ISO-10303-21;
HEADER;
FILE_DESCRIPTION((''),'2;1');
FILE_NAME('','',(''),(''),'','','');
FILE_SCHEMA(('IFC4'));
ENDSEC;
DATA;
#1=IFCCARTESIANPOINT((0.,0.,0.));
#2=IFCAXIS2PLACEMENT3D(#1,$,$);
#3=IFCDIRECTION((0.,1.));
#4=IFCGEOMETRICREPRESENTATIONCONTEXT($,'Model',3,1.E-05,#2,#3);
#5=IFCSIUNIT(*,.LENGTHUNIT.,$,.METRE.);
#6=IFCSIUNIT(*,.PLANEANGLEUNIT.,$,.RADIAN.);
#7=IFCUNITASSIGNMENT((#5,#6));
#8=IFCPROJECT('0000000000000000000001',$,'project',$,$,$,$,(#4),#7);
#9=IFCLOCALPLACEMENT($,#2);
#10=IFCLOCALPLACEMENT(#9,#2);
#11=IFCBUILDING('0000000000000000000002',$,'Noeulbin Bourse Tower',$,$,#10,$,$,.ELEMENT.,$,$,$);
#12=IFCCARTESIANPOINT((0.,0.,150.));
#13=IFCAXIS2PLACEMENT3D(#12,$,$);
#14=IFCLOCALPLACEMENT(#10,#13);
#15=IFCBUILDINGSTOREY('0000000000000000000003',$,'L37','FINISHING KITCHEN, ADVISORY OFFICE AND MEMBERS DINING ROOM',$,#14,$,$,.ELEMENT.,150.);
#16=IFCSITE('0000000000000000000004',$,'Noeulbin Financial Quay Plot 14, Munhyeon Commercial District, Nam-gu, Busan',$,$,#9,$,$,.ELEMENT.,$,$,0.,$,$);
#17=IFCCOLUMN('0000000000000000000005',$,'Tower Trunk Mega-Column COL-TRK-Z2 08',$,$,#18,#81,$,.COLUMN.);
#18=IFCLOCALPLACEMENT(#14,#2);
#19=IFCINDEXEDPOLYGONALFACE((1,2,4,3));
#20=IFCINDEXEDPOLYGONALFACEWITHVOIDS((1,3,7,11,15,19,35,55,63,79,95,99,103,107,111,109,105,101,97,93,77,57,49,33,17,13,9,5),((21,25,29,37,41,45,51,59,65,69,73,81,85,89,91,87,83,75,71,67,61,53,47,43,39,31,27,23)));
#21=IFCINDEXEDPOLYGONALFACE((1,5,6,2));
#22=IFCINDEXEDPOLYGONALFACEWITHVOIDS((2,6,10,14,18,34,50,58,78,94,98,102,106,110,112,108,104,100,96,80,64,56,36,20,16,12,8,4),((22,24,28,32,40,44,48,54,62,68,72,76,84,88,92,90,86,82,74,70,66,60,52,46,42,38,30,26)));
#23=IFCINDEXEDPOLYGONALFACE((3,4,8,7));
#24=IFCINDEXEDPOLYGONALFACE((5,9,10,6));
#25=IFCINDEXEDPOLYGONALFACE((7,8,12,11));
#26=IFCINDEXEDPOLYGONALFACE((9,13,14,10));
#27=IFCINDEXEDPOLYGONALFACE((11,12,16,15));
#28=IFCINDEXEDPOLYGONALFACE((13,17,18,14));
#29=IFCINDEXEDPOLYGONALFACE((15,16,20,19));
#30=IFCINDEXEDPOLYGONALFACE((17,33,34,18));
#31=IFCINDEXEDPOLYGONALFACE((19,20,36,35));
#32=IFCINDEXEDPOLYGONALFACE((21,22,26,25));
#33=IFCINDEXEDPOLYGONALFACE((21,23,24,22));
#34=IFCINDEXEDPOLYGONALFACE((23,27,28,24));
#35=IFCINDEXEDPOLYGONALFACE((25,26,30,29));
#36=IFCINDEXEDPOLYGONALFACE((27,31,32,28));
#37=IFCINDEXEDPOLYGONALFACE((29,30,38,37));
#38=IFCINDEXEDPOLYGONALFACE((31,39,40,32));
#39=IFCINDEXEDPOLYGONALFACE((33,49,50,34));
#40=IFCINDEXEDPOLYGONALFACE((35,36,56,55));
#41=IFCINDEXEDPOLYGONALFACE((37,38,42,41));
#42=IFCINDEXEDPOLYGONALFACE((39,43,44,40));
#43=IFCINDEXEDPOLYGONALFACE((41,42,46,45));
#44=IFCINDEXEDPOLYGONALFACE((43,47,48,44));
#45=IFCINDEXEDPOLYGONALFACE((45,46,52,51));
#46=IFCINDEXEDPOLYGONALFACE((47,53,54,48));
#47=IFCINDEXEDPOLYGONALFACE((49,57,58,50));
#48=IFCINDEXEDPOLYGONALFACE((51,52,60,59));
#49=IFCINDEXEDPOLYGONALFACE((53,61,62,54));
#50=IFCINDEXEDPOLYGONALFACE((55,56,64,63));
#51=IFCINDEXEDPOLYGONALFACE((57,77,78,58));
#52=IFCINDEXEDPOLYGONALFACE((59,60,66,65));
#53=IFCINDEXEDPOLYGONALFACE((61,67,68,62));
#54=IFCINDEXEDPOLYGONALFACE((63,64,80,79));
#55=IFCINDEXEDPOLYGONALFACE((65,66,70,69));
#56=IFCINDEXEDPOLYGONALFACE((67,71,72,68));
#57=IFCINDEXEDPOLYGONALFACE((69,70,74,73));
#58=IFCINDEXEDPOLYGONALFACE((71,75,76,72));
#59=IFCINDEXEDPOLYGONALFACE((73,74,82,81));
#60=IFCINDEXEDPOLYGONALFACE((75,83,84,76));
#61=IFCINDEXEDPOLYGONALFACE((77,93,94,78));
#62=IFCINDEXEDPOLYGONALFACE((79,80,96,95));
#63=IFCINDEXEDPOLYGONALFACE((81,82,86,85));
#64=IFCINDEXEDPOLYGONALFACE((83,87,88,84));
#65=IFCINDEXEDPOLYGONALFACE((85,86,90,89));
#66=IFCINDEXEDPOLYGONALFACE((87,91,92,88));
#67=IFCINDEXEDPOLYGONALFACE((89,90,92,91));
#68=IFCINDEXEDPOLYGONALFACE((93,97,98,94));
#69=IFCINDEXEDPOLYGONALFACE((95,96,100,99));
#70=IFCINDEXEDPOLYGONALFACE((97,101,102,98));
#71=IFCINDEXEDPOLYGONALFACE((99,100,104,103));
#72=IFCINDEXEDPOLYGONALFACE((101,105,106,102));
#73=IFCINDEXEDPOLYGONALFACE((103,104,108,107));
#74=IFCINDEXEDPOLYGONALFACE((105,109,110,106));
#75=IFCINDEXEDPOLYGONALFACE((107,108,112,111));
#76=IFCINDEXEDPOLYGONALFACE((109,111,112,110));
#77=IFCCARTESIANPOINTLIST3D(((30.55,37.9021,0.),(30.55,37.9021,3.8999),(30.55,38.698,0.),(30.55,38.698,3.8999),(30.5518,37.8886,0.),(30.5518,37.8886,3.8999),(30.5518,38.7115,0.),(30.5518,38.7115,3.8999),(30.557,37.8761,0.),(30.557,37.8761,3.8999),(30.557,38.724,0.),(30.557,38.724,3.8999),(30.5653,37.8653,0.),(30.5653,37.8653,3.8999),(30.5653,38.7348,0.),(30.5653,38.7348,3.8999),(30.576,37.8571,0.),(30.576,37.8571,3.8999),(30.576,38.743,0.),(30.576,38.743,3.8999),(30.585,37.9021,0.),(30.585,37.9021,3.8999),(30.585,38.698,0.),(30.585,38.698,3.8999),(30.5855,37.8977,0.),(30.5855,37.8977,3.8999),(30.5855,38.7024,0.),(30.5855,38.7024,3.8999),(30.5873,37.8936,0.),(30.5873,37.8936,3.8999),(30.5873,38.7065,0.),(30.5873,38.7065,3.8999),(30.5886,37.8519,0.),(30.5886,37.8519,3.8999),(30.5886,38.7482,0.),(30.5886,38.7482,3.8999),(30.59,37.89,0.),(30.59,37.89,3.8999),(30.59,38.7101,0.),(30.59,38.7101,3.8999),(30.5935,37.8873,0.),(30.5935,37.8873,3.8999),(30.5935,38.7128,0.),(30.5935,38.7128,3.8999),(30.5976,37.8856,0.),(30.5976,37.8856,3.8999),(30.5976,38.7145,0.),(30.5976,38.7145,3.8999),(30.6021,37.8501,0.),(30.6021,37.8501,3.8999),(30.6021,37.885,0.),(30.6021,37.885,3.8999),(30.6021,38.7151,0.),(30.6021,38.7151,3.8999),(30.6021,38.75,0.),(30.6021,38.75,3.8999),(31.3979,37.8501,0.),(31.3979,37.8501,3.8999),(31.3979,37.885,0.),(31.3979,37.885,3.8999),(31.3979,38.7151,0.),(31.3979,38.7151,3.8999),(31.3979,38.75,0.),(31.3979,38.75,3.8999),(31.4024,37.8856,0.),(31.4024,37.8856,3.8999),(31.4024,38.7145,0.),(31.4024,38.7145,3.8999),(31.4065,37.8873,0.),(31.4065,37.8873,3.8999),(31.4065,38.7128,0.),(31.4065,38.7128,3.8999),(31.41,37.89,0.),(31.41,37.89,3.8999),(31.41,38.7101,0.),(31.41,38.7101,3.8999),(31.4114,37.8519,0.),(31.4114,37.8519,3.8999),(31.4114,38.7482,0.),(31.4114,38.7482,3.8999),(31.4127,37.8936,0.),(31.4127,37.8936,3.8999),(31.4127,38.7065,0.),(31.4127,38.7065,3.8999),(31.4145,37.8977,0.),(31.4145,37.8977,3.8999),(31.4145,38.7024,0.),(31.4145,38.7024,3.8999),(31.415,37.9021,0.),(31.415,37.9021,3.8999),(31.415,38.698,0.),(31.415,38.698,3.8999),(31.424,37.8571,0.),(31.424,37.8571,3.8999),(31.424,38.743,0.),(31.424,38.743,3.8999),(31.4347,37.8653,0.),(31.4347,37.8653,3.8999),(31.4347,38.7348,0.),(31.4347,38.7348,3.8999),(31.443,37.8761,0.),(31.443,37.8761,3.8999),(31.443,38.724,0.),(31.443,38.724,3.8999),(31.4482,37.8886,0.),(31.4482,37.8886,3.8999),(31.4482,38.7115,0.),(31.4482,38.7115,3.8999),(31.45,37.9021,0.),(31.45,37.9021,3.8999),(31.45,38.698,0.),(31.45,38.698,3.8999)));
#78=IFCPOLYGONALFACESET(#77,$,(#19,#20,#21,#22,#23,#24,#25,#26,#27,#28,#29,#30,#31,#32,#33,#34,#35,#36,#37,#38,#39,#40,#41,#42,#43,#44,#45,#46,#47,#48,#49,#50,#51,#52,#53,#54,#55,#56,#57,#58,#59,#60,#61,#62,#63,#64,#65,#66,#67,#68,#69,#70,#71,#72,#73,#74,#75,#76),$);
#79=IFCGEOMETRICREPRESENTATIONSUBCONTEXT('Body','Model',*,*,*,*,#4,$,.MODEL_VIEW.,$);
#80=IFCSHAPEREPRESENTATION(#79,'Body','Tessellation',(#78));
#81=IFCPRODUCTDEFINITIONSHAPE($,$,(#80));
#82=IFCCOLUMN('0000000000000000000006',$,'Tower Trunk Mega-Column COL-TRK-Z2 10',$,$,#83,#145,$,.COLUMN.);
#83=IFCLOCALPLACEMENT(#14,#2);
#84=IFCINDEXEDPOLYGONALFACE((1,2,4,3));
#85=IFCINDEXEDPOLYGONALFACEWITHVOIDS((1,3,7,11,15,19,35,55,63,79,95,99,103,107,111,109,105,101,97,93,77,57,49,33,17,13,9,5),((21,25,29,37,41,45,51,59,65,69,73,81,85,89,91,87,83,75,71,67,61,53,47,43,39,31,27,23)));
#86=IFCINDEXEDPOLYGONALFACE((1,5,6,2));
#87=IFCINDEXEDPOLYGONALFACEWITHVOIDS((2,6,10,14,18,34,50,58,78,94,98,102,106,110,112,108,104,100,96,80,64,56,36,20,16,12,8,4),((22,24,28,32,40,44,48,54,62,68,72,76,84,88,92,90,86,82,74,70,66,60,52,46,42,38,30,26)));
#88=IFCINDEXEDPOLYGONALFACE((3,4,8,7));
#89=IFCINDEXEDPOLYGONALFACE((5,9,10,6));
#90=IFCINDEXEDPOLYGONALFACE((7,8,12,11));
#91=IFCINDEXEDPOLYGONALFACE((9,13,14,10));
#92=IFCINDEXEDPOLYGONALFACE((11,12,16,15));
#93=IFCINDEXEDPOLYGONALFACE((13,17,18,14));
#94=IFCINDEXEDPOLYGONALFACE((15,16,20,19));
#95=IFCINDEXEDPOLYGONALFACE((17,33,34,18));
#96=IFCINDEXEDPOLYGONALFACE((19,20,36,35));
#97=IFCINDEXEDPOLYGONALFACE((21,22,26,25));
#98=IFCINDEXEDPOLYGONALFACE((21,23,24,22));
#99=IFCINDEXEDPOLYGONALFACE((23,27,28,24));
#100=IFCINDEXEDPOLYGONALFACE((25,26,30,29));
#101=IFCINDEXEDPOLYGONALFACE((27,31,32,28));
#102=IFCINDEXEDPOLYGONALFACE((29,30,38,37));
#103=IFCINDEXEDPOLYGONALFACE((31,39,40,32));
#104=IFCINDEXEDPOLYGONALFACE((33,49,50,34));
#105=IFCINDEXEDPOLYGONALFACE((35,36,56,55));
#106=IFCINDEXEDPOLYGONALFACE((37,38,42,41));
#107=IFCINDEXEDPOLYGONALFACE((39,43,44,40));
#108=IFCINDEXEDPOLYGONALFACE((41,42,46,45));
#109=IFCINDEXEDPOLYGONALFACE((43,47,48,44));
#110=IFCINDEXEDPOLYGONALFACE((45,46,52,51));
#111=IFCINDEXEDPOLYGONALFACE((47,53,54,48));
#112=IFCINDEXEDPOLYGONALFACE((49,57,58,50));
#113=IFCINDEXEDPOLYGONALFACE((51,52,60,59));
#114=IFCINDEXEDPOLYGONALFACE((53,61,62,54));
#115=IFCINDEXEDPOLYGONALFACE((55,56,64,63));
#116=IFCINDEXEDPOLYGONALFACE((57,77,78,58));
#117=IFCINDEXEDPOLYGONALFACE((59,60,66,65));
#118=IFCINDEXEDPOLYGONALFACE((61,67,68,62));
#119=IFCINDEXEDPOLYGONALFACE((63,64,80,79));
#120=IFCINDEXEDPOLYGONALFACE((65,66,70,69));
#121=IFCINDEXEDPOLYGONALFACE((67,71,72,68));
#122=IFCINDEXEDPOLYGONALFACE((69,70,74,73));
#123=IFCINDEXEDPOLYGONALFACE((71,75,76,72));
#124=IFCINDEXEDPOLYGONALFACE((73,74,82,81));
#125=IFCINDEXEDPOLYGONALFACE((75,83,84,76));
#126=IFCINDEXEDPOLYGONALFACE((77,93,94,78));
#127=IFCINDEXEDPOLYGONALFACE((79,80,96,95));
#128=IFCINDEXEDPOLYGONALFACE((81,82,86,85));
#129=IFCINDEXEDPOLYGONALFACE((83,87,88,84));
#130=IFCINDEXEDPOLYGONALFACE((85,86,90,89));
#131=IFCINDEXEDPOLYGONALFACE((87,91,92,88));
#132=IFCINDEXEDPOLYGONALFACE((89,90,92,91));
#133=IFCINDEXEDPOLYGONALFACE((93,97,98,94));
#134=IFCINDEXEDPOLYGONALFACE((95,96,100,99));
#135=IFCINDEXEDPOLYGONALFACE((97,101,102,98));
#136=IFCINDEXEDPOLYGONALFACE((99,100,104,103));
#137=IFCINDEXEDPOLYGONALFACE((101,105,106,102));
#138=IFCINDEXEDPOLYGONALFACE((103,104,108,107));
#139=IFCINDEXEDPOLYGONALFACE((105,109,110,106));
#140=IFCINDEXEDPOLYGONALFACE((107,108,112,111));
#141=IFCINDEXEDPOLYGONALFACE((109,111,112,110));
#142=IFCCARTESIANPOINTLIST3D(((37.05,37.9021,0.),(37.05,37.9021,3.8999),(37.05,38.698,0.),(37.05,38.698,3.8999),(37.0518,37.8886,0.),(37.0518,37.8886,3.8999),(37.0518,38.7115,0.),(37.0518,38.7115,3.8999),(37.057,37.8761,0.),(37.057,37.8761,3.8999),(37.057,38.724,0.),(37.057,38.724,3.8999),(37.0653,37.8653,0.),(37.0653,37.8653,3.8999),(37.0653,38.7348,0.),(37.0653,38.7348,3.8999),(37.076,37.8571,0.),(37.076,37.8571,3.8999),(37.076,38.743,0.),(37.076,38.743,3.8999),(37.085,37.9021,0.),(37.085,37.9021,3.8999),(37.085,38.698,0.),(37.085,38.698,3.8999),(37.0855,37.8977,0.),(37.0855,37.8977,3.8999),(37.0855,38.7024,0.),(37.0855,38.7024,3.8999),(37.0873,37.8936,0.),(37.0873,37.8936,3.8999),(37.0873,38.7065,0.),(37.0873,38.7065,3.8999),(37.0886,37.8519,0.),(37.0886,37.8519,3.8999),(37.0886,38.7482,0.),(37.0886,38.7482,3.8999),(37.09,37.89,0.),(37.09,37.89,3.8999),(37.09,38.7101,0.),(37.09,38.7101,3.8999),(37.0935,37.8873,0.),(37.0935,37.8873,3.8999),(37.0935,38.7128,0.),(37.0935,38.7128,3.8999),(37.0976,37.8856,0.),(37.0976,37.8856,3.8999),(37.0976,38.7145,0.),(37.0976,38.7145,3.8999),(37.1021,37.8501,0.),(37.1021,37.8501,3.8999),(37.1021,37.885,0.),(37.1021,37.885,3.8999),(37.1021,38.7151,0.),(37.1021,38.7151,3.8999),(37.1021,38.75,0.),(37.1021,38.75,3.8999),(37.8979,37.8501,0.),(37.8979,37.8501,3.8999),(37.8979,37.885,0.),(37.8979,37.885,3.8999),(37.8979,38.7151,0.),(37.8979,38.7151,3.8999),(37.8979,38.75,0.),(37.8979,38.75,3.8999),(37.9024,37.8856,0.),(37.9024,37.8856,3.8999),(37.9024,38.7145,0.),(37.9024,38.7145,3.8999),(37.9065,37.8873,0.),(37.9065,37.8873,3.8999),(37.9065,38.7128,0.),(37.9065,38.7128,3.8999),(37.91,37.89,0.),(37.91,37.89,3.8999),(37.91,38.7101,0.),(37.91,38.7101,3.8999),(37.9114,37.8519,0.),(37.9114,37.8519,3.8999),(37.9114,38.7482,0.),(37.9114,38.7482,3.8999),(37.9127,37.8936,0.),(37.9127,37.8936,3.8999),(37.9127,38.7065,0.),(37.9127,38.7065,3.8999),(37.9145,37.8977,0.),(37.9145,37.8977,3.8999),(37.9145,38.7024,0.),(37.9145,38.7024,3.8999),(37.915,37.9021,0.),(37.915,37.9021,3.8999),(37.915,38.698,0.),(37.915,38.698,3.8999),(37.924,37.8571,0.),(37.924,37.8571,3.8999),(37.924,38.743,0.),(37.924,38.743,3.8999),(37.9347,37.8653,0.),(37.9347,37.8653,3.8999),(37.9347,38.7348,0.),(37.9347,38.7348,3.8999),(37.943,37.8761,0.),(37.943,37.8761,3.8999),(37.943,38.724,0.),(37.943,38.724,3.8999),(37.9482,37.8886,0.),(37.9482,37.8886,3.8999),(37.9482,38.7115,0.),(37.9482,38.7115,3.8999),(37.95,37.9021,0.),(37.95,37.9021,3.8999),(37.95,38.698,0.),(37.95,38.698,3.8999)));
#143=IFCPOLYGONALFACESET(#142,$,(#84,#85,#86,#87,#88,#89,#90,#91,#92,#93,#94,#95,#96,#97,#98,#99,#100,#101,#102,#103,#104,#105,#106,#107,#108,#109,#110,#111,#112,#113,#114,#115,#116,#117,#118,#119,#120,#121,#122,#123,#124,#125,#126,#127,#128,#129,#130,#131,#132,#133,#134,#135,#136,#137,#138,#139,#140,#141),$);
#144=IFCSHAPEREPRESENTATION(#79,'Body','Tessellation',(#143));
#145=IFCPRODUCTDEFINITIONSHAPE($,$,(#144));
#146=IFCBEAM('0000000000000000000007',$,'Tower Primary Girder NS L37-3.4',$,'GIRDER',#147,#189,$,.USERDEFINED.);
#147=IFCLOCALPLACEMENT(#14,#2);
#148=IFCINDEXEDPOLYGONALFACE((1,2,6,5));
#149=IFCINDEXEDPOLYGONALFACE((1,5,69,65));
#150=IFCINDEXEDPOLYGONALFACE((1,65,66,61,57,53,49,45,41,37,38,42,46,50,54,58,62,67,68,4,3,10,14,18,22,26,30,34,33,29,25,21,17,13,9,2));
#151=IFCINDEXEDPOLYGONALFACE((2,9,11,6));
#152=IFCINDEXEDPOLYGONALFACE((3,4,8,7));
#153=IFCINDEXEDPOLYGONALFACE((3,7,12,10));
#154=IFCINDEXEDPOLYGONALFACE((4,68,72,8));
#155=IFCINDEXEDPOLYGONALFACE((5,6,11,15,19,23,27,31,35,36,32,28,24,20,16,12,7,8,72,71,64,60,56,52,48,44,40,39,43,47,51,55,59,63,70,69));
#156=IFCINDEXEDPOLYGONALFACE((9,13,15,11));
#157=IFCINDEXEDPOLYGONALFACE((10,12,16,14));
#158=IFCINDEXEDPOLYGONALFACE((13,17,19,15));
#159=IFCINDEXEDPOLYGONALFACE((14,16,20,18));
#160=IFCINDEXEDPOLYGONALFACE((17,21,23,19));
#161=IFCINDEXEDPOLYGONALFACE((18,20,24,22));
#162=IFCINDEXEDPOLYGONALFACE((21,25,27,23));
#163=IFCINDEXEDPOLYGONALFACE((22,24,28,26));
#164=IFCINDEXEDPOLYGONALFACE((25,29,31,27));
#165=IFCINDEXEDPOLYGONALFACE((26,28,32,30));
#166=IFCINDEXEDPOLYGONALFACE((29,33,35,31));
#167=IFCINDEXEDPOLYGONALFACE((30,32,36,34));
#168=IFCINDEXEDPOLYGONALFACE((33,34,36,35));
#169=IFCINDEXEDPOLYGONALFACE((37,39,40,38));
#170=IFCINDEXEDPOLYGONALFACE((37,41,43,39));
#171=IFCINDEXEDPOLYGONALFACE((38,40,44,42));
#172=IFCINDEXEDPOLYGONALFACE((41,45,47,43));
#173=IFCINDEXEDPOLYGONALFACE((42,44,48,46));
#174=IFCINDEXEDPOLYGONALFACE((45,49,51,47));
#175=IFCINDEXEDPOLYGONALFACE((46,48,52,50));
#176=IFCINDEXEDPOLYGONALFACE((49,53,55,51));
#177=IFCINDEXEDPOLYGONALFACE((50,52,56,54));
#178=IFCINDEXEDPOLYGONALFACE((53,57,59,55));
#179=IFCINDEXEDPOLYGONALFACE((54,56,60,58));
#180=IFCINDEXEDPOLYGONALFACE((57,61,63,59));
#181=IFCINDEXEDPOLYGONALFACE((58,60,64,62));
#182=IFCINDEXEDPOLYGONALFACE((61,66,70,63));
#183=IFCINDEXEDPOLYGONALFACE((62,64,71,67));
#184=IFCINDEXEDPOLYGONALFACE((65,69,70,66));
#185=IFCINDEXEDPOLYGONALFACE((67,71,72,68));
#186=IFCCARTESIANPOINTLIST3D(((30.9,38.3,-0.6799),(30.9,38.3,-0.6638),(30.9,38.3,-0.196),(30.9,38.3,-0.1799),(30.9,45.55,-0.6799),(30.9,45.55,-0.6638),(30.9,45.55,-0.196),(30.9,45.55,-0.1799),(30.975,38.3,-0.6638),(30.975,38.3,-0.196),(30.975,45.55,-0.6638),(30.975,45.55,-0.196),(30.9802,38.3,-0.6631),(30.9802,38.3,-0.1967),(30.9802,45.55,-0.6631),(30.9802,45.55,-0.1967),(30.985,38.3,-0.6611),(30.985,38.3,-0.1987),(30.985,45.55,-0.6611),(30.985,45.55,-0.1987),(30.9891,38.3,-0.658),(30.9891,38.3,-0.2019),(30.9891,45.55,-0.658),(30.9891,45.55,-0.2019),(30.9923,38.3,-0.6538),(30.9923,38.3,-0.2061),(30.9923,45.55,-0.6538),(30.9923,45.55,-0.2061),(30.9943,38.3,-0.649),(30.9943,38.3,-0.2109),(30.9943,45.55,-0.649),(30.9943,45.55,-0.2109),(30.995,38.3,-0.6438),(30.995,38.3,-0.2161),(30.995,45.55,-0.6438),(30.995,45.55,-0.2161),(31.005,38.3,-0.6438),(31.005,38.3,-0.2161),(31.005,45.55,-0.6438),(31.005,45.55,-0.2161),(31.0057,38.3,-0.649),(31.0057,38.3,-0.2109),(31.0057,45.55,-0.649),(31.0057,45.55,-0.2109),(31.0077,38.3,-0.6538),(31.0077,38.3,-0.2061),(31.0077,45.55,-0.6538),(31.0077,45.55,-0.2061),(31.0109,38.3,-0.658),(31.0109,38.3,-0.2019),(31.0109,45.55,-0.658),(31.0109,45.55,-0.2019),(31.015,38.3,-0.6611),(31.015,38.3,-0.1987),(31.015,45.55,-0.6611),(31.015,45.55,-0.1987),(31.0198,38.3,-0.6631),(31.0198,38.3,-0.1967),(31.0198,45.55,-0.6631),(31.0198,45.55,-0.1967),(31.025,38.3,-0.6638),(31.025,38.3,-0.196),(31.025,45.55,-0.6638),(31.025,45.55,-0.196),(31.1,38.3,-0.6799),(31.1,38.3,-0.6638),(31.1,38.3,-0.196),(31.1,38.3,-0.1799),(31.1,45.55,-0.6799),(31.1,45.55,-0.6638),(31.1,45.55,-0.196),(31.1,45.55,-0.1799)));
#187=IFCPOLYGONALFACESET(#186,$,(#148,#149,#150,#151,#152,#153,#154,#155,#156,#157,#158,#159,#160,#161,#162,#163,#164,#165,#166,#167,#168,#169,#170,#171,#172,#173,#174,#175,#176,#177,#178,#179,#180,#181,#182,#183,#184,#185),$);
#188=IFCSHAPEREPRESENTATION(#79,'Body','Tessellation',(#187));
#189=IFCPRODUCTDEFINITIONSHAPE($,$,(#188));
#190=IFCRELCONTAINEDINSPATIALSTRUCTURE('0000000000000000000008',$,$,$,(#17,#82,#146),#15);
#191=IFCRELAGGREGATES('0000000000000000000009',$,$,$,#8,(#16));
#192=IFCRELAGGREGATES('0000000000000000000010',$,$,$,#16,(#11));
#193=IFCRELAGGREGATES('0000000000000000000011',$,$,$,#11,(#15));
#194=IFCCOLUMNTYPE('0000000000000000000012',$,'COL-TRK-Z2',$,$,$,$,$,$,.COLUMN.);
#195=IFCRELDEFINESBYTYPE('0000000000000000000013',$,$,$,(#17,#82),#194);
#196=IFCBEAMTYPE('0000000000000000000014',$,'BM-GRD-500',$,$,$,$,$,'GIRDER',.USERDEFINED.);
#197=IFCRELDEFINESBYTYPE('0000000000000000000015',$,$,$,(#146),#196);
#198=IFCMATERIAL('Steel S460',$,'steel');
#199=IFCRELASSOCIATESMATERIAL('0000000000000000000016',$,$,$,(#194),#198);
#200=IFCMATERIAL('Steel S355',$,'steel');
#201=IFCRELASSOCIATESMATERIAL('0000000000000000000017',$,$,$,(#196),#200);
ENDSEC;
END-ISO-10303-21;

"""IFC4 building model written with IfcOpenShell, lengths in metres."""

from ifc_helpers import new_model, si_unit, direction, frame, origin, origin_2d, place, context, subcontext, project, spatial, hollow_rectangle, i_section, extrude, material, material_profile, profile_set, type_object, element, save


model = new_model("IFC4")

# Units and contexts
model_context = context("Model", 3, precision=1e-05, world=origin(), true_north=direction((0.0, 1.0)))
body_context = subcontext(model_context, "Body", "Model", "MODEL_VIEW")
ifc_project = project(units=[si_unit("LENGTHUNIT", "METRE"), si_unit("PLANEANGLEUNIT", "RADIAN")], contexts=[model_context])

# Site, building, storey
site_placement = place(None, origin())
site = spatial("IfcSite", under=ifc_project, at=site_placement, Name="Noeulbin Financial Quay Plot 14, Munhyeon Commercial District, Nam-gu, Busan", CompositionType="ELEMENT", RefElevation=0.0)
building_placement = place(site_placement, origin())
building = spatial("IfcBuilding", under=site, at=building_placement, Name="Noeulbin Bourse Tower", CompositionType="ELEMENT")
storey_placement = place(building_placement, frame((0.0, 0.0, 150.0)))
storey = spatial("IfcBuildingStorey", under=building, at=storey_placement, Name="L37", Description="FINISHING KITCHEN, ADVISORY OFFICE AND MEMBERS DINING ROOM", CompositionType="ELEMENT", Elevation=150.0)

# Columns
ifc_material_1 = material(Name="Steel S460", Category="steel")
ifc_material_profile_1 = material_profile(ifc_material_1, hollow_rectangle(XDim=0.8999, YDim=0.8999, WallThickness=0.0349, InnerFilletRadius=0.0171, OuterFilletRadius=0.052, at=origin_2d()), Name="BOX-900x900x35", Category="LoadBearing")
ifc_profile_set_1 = profile_set([ifc_material_profile_1], Name="Steel S460")
column_type = type_object("IfcColumnType", Name="COL-TRK-Z2", PredefinedType="COLUMN", material=ifc_profile_set_1)
for number, where, z_axis, x_axis, name in (
    (1, (31.0, 38.3, 0.0), (0.0, 0.0, 1.0), (1.0, 0.0, 0.0), "Tower Trunk Mega-Column COL-TRK-Z2 08"),
    (2, (37.5, 38.3, 0.0), (0.0, 0.0, 1.0), (1.0, 0.0, 0.0), "Tower Trunk Mega-Column COL-TRK-Z2 10"),
):
    element("IfcColumn", number, at=place(storey_placement, frame(where, z_axis=z_axis, x_axis=x_axis)), inside=storey, type_object=column_type, Name=name, PredefinedType="COLUMN", context=body_context, shape_type="SweptSolid", body=[
        extrude(hollow_rectangle(XDim=0.8999, YDim=0.8999, WallThickness=0.0349, InnerFilletRadius=0.0171, OuterFilletRadius=0.052, at=origin_2d()), origin(), (0.0, 0.0, 1.0), 3.8999),
    ])

# Beam
ifc_material_2 = material(Name="Steel S355", Category="steel")
ifc_material_profile_2 = material_profile(ifc_material_2, i_section(OverallWidth=0.2, OverallDepth=0.5, WebThickness=0.01, FlangeThickness=0.0161, FilletRadius=0.02, at=origin_2d()), Name="H-500x200x10x16", Category="LoadBearing")
ifc_profile_set_2 = profile_set([ifc_material_profile_2], Name="Steel S355")
beam_type_1 = type_object("IfcBeamType", Name="BM-GRD-500", ElementType="GIRDER", PredefinedType="USERDEFINED", material=ifc_profile_set_2)
for number, where, z_axis, x_axis, name in (
    (3, (31.0, 38.3, -0.4299), (0.0, 1.0, 0.0), (-1.0, 0.0, 0.0), "Tower Primary Girder NS L37-3.4"),
):
    element("IfcBeam", number, at=place(storey_placement, frame(where, z_axis=z_axis, x_axis=x_axis)), inside=storey, type_object=beam_type_1, Name=name, ObjectType="GIRDER", PredefinedType="USERDEFINED", context=body_context, shape_type="SweptSolid", body=[
        extrude(i_section(OverallWidth=0.2, OverallDepth=0.5, WebThickness=0.01, FlangeThickness=0.0161, FilletRadius=0.02, at=origin_2d()), origin(), (0.0, 0.0, 1.0), 7.25),
    ])

save(model, "model.ifc")
